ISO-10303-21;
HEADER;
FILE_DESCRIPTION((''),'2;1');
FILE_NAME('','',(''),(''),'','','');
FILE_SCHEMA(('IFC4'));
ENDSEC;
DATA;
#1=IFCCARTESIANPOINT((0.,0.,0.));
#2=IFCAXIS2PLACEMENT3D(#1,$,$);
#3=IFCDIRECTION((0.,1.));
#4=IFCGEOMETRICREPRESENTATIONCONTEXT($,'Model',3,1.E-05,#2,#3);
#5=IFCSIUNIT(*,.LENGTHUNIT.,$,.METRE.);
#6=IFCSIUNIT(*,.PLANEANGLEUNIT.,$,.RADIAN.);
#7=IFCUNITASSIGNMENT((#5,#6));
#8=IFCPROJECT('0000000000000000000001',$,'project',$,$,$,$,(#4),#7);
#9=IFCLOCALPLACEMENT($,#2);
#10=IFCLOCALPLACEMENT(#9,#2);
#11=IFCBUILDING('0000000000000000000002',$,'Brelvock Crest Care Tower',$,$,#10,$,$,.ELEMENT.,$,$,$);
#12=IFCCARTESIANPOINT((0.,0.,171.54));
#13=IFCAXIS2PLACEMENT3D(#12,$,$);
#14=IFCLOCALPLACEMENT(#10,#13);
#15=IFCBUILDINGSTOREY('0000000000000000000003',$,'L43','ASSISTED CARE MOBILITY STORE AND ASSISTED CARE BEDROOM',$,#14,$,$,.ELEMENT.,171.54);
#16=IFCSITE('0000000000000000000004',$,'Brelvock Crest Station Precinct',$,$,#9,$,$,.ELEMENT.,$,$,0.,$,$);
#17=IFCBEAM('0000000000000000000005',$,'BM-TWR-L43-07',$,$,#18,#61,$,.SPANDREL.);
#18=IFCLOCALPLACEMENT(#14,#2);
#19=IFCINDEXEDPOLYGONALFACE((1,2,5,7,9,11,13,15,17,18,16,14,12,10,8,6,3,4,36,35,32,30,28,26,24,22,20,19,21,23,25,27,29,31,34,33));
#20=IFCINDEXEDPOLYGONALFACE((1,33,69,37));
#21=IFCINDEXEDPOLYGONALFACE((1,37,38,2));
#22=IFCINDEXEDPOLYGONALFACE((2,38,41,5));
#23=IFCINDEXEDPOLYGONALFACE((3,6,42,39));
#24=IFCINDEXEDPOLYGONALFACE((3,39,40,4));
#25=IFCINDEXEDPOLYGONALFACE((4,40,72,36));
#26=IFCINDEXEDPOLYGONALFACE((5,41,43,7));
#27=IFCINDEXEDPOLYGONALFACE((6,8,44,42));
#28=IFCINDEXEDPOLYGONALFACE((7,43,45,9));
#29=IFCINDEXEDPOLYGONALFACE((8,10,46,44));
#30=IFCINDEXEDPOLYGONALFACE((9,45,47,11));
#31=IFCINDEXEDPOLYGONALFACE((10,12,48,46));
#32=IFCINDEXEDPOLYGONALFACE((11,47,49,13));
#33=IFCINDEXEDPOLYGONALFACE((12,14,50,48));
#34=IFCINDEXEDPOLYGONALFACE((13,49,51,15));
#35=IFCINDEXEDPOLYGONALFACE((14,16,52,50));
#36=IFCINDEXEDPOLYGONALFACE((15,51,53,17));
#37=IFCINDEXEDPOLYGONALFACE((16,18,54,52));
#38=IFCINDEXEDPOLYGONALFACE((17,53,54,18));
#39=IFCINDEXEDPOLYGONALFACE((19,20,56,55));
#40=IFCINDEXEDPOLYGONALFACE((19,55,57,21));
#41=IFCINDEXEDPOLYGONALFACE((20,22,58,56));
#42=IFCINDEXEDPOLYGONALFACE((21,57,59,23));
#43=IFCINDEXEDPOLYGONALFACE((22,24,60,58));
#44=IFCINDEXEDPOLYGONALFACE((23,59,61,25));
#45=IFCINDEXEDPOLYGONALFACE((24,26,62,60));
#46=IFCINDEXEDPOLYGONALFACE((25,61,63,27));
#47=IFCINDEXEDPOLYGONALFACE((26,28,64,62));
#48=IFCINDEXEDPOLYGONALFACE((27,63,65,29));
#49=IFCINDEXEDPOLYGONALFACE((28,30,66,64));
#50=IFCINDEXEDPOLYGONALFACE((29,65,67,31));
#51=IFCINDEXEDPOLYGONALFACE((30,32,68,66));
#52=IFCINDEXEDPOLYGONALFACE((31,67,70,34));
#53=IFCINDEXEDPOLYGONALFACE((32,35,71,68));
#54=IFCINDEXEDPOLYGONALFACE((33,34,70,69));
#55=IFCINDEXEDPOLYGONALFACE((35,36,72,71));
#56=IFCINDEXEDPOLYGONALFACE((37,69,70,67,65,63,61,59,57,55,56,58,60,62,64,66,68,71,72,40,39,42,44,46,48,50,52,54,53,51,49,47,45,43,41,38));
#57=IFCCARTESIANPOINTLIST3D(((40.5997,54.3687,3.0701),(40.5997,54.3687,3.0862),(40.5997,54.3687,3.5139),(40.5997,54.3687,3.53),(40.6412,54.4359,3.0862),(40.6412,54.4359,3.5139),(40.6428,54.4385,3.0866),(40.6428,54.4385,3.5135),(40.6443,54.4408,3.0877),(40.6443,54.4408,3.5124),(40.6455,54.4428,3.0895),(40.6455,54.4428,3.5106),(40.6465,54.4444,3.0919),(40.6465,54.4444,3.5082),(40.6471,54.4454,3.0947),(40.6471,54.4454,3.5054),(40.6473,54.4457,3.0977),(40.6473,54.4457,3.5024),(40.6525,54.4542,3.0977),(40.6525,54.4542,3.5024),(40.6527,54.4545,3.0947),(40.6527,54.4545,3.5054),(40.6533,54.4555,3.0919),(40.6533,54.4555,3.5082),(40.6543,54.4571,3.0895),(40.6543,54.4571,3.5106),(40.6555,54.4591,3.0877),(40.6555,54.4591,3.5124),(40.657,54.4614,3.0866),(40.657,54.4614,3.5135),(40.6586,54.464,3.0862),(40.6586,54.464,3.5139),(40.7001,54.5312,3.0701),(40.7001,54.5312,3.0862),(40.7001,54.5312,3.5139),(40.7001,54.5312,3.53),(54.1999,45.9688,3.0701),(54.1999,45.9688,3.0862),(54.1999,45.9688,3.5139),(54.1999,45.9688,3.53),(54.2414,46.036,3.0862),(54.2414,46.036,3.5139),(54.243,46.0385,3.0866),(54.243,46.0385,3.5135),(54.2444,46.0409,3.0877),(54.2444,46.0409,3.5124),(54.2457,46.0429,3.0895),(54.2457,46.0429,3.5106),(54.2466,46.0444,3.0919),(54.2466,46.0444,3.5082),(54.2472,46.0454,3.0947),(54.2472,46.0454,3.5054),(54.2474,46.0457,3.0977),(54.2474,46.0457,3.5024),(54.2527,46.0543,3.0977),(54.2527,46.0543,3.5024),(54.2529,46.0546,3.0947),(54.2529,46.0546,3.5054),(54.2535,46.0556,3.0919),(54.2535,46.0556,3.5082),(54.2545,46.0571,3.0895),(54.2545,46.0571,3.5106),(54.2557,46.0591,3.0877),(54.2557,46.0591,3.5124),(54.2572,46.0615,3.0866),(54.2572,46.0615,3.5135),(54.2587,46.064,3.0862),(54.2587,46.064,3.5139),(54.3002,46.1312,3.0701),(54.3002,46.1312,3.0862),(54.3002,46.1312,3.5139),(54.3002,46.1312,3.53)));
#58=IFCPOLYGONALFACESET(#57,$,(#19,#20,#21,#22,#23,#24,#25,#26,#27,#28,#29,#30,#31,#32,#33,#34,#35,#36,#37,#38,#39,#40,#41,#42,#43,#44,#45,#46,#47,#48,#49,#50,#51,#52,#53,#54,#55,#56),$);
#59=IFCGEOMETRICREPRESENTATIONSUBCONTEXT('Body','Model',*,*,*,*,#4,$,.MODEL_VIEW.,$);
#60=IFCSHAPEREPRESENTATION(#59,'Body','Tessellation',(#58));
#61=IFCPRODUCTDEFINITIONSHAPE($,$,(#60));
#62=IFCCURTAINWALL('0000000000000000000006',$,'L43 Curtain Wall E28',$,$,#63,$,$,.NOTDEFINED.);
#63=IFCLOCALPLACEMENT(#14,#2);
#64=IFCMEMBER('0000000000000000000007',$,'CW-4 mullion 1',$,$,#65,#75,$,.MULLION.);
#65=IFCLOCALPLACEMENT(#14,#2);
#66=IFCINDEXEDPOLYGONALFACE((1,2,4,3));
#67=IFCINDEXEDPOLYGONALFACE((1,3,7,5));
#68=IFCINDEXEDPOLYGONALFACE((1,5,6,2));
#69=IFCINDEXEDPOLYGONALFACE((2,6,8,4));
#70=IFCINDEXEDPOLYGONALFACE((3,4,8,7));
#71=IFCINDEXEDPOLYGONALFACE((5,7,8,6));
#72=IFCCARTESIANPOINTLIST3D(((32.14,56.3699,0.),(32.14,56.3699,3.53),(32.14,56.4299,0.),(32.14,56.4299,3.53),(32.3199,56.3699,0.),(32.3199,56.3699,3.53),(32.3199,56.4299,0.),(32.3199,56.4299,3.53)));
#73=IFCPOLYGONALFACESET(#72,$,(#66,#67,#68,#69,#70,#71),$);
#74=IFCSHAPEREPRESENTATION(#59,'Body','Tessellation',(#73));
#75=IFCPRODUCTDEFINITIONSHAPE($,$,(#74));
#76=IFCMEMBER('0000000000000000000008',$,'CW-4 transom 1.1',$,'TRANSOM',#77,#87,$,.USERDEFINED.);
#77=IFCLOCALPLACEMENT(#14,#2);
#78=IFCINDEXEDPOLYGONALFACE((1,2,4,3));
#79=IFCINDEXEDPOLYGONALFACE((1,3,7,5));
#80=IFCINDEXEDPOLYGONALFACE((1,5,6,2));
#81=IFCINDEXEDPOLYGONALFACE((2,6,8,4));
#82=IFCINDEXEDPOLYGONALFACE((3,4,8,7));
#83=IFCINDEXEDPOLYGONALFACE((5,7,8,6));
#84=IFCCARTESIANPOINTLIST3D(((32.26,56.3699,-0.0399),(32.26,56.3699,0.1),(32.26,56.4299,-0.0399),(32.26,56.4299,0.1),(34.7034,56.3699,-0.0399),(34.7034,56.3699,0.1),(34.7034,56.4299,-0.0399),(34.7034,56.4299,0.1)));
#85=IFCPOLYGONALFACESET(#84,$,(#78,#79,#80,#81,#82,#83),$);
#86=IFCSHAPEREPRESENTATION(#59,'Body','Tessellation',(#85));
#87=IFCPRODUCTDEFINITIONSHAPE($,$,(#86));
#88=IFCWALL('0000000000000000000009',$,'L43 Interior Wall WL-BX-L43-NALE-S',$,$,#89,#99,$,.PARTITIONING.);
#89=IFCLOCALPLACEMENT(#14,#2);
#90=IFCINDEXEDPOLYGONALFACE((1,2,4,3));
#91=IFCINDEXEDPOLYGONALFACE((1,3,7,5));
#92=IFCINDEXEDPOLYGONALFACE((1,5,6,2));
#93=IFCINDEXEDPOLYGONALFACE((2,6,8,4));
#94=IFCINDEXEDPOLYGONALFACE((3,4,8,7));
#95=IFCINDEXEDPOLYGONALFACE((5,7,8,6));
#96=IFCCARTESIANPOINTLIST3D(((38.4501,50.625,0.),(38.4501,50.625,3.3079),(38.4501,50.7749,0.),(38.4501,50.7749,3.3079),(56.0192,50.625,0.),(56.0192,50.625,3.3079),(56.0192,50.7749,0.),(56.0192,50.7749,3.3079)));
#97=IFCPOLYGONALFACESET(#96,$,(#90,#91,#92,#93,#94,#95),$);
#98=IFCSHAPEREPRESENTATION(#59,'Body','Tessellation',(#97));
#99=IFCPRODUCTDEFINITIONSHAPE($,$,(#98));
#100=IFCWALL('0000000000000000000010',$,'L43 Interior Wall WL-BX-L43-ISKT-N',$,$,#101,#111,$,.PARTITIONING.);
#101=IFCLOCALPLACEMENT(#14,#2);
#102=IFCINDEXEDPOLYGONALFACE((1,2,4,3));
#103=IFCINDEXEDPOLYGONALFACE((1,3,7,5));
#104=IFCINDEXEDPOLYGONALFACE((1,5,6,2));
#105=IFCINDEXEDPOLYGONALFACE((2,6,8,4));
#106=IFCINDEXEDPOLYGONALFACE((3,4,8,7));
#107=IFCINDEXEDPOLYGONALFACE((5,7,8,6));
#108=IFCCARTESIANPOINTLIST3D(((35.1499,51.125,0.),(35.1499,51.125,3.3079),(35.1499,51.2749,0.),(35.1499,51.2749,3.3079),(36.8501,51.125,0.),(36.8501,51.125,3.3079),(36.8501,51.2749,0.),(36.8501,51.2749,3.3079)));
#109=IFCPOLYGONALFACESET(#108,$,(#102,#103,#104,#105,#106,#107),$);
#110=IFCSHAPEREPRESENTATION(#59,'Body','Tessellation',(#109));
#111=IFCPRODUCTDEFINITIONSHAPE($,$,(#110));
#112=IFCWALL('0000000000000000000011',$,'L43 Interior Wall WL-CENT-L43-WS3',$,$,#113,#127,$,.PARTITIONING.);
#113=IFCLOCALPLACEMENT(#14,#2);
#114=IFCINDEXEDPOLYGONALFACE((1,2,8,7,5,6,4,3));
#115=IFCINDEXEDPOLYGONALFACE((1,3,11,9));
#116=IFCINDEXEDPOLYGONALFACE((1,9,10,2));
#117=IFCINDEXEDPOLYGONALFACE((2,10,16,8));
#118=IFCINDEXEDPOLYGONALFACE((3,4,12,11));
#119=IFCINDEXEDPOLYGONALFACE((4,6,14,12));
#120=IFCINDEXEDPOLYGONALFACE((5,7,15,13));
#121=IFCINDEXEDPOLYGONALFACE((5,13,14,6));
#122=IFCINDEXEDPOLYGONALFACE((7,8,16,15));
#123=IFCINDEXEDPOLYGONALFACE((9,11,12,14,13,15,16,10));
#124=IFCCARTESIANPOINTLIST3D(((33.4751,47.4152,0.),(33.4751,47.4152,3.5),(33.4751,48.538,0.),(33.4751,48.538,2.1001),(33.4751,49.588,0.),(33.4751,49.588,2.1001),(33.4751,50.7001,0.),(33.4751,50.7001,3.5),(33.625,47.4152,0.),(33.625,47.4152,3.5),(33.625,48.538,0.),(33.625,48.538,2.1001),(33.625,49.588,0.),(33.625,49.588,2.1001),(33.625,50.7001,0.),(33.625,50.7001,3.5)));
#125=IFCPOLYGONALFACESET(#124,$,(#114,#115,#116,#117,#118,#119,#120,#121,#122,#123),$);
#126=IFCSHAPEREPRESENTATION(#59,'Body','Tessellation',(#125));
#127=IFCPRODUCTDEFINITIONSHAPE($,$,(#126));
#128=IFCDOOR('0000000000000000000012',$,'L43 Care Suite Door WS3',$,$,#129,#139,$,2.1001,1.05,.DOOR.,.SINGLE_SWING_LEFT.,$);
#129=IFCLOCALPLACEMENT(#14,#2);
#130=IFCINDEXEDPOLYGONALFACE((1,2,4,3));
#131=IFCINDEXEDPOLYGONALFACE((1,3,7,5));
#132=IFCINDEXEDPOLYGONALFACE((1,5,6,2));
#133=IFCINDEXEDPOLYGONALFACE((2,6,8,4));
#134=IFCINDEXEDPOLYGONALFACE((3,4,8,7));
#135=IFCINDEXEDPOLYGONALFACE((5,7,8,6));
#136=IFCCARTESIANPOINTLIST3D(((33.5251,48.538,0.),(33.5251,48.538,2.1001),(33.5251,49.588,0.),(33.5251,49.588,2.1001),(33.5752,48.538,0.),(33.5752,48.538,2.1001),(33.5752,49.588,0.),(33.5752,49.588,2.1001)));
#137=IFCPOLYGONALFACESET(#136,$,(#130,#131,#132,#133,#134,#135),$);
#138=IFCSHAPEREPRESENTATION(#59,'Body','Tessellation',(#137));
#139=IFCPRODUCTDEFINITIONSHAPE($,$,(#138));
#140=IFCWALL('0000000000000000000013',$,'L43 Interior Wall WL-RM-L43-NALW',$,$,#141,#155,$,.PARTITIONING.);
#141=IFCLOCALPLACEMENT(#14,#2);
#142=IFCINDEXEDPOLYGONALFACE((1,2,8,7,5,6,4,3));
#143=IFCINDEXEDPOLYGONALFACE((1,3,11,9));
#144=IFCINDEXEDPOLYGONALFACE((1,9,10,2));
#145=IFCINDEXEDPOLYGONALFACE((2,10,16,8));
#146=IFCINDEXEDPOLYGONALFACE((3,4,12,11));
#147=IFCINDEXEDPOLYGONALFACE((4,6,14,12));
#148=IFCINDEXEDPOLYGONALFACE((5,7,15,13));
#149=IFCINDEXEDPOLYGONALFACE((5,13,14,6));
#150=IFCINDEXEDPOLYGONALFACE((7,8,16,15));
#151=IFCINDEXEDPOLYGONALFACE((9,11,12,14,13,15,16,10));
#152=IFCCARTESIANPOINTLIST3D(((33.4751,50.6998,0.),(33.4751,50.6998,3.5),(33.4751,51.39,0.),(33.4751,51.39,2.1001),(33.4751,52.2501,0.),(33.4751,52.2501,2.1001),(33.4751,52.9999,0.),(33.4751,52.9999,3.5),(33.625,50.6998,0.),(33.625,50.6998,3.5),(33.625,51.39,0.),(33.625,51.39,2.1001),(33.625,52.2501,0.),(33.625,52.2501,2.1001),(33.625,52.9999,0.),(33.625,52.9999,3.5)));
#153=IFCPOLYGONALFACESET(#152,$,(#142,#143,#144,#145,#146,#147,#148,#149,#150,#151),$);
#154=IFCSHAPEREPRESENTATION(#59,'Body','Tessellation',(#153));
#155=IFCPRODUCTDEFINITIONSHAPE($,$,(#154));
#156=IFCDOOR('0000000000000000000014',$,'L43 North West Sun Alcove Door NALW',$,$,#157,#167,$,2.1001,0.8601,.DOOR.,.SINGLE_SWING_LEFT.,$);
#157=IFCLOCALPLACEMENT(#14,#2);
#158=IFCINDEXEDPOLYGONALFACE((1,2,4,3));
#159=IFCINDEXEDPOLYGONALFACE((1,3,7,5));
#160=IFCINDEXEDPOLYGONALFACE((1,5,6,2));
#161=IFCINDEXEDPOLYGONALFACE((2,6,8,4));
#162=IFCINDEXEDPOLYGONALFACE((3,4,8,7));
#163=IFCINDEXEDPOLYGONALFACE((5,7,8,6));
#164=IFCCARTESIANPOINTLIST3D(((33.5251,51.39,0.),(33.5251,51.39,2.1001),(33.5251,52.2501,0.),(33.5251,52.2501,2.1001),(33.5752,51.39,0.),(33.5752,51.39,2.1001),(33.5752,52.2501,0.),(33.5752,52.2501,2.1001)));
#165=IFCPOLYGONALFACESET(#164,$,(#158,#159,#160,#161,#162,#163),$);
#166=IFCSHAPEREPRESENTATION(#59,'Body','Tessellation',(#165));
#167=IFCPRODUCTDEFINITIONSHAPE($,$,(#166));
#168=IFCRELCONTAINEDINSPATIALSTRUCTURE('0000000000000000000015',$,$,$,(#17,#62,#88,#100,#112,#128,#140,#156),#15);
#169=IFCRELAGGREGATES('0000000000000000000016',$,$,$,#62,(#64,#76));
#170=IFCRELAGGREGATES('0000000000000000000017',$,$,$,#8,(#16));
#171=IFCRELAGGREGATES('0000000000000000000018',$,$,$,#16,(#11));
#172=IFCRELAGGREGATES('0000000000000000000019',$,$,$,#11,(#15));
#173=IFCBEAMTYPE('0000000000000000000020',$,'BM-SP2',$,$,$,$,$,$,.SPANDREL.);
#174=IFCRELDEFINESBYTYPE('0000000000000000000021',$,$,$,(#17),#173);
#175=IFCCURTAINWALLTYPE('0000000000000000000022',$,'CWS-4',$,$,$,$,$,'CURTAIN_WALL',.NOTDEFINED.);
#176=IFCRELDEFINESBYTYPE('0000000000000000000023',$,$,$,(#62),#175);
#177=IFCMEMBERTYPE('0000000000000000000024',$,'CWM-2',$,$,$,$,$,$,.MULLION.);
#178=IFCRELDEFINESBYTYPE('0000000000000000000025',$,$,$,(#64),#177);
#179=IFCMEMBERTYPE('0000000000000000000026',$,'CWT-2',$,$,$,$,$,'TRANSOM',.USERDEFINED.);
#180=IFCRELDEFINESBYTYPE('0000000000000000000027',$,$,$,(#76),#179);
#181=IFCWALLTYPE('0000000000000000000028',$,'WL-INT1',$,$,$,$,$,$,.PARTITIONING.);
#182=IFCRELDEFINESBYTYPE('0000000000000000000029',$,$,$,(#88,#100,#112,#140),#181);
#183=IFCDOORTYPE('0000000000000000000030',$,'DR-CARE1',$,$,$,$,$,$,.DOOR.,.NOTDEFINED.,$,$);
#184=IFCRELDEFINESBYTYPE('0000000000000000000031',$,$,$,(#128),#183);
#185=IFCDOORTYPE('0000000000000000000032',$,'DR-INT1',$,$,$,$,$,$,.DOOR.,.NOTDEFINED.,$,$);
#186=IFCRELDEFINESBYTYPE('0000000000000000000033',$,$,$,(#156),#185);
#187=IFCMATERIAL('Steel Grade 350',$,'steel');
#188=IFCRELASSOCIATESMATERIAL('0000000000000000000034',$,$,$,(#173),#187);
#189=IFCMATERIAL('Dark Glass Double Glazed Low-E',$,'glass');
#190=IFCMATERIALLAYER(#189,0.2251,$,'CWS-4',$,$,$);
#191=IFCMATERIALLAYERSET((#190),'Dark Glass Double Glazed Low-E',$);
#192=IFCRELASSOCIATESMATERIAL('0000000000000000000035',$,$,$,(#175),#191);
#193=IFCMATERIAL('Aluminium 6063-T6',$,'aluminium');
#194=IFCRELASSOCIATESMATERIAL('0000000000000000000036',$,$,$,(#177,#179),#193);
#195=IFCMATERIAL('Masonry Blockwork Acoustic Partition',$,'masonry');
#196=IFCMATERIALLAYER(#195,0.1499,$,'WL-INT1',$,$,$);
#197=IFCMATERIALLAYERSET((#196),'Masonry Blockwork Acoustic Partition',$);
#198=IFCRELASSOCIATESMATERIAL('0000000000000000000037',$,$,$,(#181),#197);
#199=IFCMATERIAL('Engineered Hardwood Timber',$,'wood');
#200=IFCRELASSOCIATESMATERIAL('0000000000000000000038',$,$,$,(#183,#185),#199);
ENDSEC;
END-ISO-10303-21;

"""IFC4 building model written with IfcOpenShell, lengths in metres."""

from ifc_helpers import new_model, si_unit, direction, frame, frame_2d, origin, origin_2d, place, context, subcontext, project, spatial, rectangle, i_section, extrude, source, transform, mapped, material, layer, layer_set, material_profile, profile_set, type_object, element, fill, aggregate, save


model = new_model("IFC4")

# Units and contexts
model_context = context("Model", 3, precision=1e-05, world=origin(), true_north=direction((0.0, 1.0)))
body_context = subcontext(model_context, "Body", "Model", "MODEL_VIEW")
ifc_project = project(units=[si_unit("LENGTHUNIT", "METRE"), si_unit("PLANEANGLEUNIT", "RADIAN")], contexts=[model_context])

# Site, building, storey
site_placement = place(None, origin())
site = spatial("IfcSite", under=ifc_project, at=site_placement, Name="Brelvock Crest Station Precinct", CompositionType="ELEMENT", RefElevation=0.0)
building_placement = place(site_placement, origin())
building = spatial("IfcBuilding", under=site, at=building_placement, Name="Brelvock Crest Care Tower", CompositionType="ELEMENT")
storey_placement = place(building_placement, frame((0.0, 0.0, 171.54)))
storey = spatial("IfcBuildingStorey", under=building, at=storey_placement, Name="L43", Description="ASSISTED CARE MOBILITY STORE AND ASSISTED CARE BEDROOM", CompositionType="ELEMENT", Elevation=171.54)

# Shared definitions
ifc_material_1 = material(Name="Steel Grade 350", Category="steel")

# Beam
ifc_material_profile_1 = material_profile(ifc_material_1, i_section(OverallWidth=0.1909, OverallDepth=0.46, WebThickness=0.01, FlangeThickness=0.0161, FilletRadius=0.0115, at=origin_2d()), Name="460UB82.1")
ifc_profile_set_1 = profile_set([ifc_material_profile_1], Name="Steel Grade 350")
beam_type_1 = type_object("IfcBeamType", Name="BM-SP2", PredefinedType="SPANDREL", material=ifc_profile_set_1)
shared_shape_1 = source(origin(), body_context, "Body", "SweptSolid", [
    extrude(i_section(OverallWidth=0.1909, OverallDepth=0.46, WebThickness=0.01, FlangeThickness=0.0161, FilletRadius=0.0115, at=origin_2d()), origin(), (0.0, 0.0, 1.0), 15.9851),
])
beam_placement = place(storey_placement, frame((40.6499, 54.45, 3.3), z_axis=(0.850802, -0.525486, 0.0), x_axis=(0.525486, 0.850802, 0.0)))
element("IfcBeam", 1, at=beam_placement, inside=storey, type_object=beam_type_1, Name="BM-TWR-L43-07", PredefinedType="SPANDREL", context=body_context, shape_type="MappedRepresentation", body=[
    mapped(shared_shape_1, transform((0.0, 0.0, 0.0), x_axis=(1.0, 0.0, 0.0), y_axis=(0.0, 1.0, 0.0), z_axis=(0.0, 0.0, 1.0), scale=1.0)),
])

# Curtain wall, members
ifc_material_2 = material(Name="Dark Glass Double Glazed Low-E", Category="glass")
ifc_layer_1 = layer(ifc_material_2, 0.2251, Name="CWS-4")
ifc_layer_set_1 = layer_set([ifc_layer_1], Name="Dark Glass Double Glazed Low-E")
curtain_wall_type = type_object("IfcCurtainWallType", Name="CWS-4", ElementType="CURTAIN_WALL", PredefinedType="NOTDEFINED", material=ifc_layer_set_1)
curtain_wall_placement = place(storey_placement, origin())
curtain_wall = element("IfcCurtainWall", 2, at=curtain_wall_placement, inside=storey, type_object=curtain_wall_type, Name="L43 Curtain Wall E28", PredefinedType="NOTDEFINED")
ifc_material_3 = material(Name="Aluminium 6063-T6", Category="aluminium")
ifc_material_profile_2 = material_profile(ifc_material_3, rectangle(XDim=0.0601, YDim=0.1799, at=origin_2d()), Name="ALU60x180")
ifc_profile_set_2 = profile_set([ifc_material_profile_2], Name="Aluminium 6063-T6")
member_type_1 = type_object("IfcMemberType", Name="CWM-2", PredefinedType="MULLION", material=ifc_profile_set_2)
shared_shape_2 = source(origin(), body_context, "Body", "SweptSolid", [
    extrude(rectangle(XDim=0.0601, YDim=0.1799, at=origin_2d()), origin(), (0.0, 0.0, 1.0), 3.53),
])
member_1_placement = place(storey_placement, frame((32.23, 56.3999, 0.0), z_axis=(0.0, 0.0, 1.0), x_axis=(0.0, 1.0, 0.0)))
member_1 = element("IfcMember", 3, at=member_1_placement, type_object=member_type_1, Name="CW-4 mullion 1", PredefinedType="MULLION", context=body_context, shape_type="MappedRepresentation", body=[
    mapped(shared_shape_2, transform((0.0, 0.0, 0.0), x_axis=(1.0, 0.0, 0.0), y_axis=(0.0, 1.0, 0.0), z_axis=(0.0, 0.0, 1.0), scale=1.0)),
])
ifc_material_profile_3 = material_profile(ifc_material_3, rectangle(XDim=0.0601, YDim=0.1399, at=origin_2d()), Name="ALU60x140")
ifc_profile_set_3 = profile_set([ifc_material_profile_3], Name="Aluminium 6063-T6")
member_type_2 = type_object("IfcMemberType", Name="CWT-2", ElementType="TRANSOM", PredefinedType="USERDEFINED", material=ifc_profile_set_3)
shared_shape_3 = source(origin(), body_context, "Body", "SweptSolid", [
    extrude(rectangle(XDim=0.0601, YDim=0.1399, at=origin_2d()), origin(), (0.0, 0.0, 1.0), 2.4434),
])
member_2_placement = place(storey_placement, frame((32.26, 56.3999, 0.03), z_axis=(1.0, 0.0, 0.0), x_axis=(0.0, 1.0, 0.0)))
member_2 = element("IfcMember", 4, at=member_2_placement, type_object=member_type_2, Name="CW-4 transom 1.1", ObjectType="TRANSOM", PredefinedType="USERDEFINED", context=body_context, shape_type="MappedRepresentation", body=[
    mapped(shared_shape_3, transform((0.0, 0.0, 0.0), x_axis=(1.0, 0.0, 0.0), y_axis=(0.0, 1.0, 0.0), z_axis=(0.0, 0.0, 1.0), scale=1.0)),
])
aggregate(curtain_wall, [member_1, member_2])

# Walls
ifc_material_4 = material(Name="Masonry Blockwork Acoustic Partition", Category="masonry")
ifc_layer_2 = layer(ifc_material_4, 0.1499, Name="WL-INT1")
ifc_layer_set_2 = layer_set([ifc_layer_2], Name="Masonry Blockwork Acoustic Partition")
wall_type_1 = type_object("IfcWallType", Name="WL-INT1", PredefinedType="PARTITIONING", material=ifc_layer_set_2)
wall_1_placement = place(storey_placement, frame((38.45, 50.7, 0.0), z_axis=(0.0, 0.0, 1.0), x_axis=(1.0, 0.0, 0.0)))
element("IfcWall", 5, at=wall_1_placement, inside=storey, type_object=wall_type_1, Name="L43 Interior Wall WL-BX-L43-NALE-S", PredefinedType="PARTITIONING", context=body_context, shape_type="SweptSolid", body=[
    extrude(rectangle(XDim=17.5691, YDim=0.1499, at=frame_2d((8.7847, 0.0))), origin(), (0.0, 0.0, 1.0), 3.3079),
])
wall_2_placement = place(storey_placement, frame((35.1499, 51.2, 0.0), z_axis=(0.0, 0.0, 1.0), x_axis=(1.0, 0.0, 0.0)))
element("IfcWall", 6, at=wall_2_placement, inside=storey, type_object=wall_type_1, Name="L43 Interior Wall WL-BX-L43-ISKT-N", PredefinedType="PARTITIONING", context=body_context, shape_type="SweptSolid", body=[
    extrude(rectangle(XDim=1.7002, YDim=0.1499, at=frame_2d((0.8501, 0.0))), origin(), (0.0, 0.0, 1.0), 3.3079),
])

# Walls, openings, doors
wall_3_placement = place(storey_placement, frame((33.55, 47.415, 0.0), z_axis=(0.0, 0.0, 1.0), x_axis=(0.0, 1.0, 0.0)))
wall_3 = element("IfcWall", 7, at=wall_3_placement, inside=storey, type_object=wall_type_1, Name="L43 Interior Wall WL-CENT-L43-WS3", PredefinedType="PARTITIONING", context=body_context, shape_type="SweptSolid", body=[
    extrude(rectangle(XDim=3.2849, YDim=0.1499, at=frame_2d((1.6426, 0.0))), origin(), (0.0, 0.0, 1.0), 3.5),
])
opening_1_placement = place(wall_3_placement, frame((1.123, 0.0, 0.0)))
opening_1 = element("IfcOpeningElement", 8, at=opening_1_placement, cuts=wall_3, PredefinedType="OPENING", context=body_context, shape_type="SweptSolid", body=[
    extrude(rectangle(XDim=1.05, YDim=2.1001, at=origin_2d()), frame((0.5249, 0.085, 1.05), z_axis=(0.0, -1.0, 0.0), x_axis=(1.0, 0.0, 0.0)), (0.0, 0.0, 1.0), 0.1699),
])
ifc_material_5 = material(Name="Engineered Hardwood Timber", Category="wood")
door_type_1 = type_object("IfcDoorType", Name="DR-CARE1", OperationType="NOTDEFINED", PredefinedType="DOOR", material=ifc_material_5)
shared_shape_4 = source(origin(), body_context, "Body", "SweptSolid", [
    extrude(rectangle(XDim=1.05, YDim=2.1001, at=origin_2d()), frame((0.5249, 0.0249, 1.05), z_axis=(0.0, -1.0, 0.0), x_axis=(1.0, 0.0, 0.0)), (0.0, 0.0, 1.0), 0.05),
])
door_1_placement = place(opening_1_placement, origin())
door_1 = element("IfcDoor", 9, at=door_1_placement, inside=storey, type_object=door_type_1, Name="L43 Care Suite Door WS3", OperationType="SINGLE_SWING_LEFT", OverallHeight=2.1001, OverallWidth=1.05, PredefinedType="DOOR", context=body_context, shape_type="MappedRepresentation", body=[
    mapped(shared_shape_4, transform((0.0, 0.0, 0.0), x_axis=(1.0, 0.0, 0.0), y_axis=(0.0, 1.0, 0.0), z_axis=(0.0, 0.0, 1.0), scale=1.0)),
])
fill(opening_1, door_1)
wall_4_placement = place(storey_placement, frame((33.55, 50.7, 0.0), z_axis=(0.0, 0.0, 1.0), x_axis=(0.0, 1.0, 0.0)))
wall_4 = element("IfcWall", 10, at=wall_4_placement, inside=storey, type_object=wall_type_1, Name="L43 Interior Wall WL-RM-L43-NALW", PredefinedType="PARTITIONING", context=body_context, shape_type="SweptSolid", body=[
    extrude(rectangle(XDim=2.3, YDim=0.1499, at=frame_2d((1.1499, 0.0))), origin(), (0.0, 0.0, 1.0), 3.5),
])
opening_2_placement = place(wall_4_placement, frame((0.6899, 0.0, 0.0)))
opening_2 = element("IfcOpeningElement", 11, at=opening_2_placement, cuts=wall_4, PredefinedType="OPENING", context=body_context, shape_type="SweptSolid", body=[
    extrude(rectangle(XDim=0.8601, YDim=2.1001, at=origin_2d()), frame((0.4302, 0.085, 1.05), z_axis=(0.0, -1.0, 0.0), x_axis=(1.0, 0.0, 0.0)), (0.0, 0.0, 1.0), 0.1699),
])
door_type_2 = type_object("IfcDoorType", Name="DR-INT1", OperationType="NOTDEFINED", PredefinedType="DOOR", material=ifc_material_5)
shared_shape_5 = source(origin(), body_context, "Body", "SweptSolid", [
    extrude(rectangle(XDim=0.8601, YDim=2.1001, at=origin_2d()), frame((0.4302, 0.0249, 1.05), z_axis=(0.0, -1.0, 0.0), x_axis=(1.0, 0.0, 0.0)), (0.0, 0.0, 1.0), 0.05),
])
door_2_placement = place(opening_2_placement, origin())
door_2 = element("IfcDoor", 12, at=door_2_placement, inside=storey, type_object=door_type_2, Name="L43 North West Sun Alcove Door NALW", OperationType="SINGLE_SWING_LEFT", OverallHeight=2.1001, OverallWidth=0.8601, PredefinedType="DOOR", context=body_context, shape_type="MappedRepresentation", body=[
    mapped(shared_shape_5, transform((0.0, 0.0, 0.0), x_axis=(1.0, 0.0, 0.0), y_axis=(0.0, 1.0, 0.0), z_axis=(0.0, 0.0, 1.0), scale=1.0)),
])
fill(opening_2, door_2)

save(model, "model.ifc")
